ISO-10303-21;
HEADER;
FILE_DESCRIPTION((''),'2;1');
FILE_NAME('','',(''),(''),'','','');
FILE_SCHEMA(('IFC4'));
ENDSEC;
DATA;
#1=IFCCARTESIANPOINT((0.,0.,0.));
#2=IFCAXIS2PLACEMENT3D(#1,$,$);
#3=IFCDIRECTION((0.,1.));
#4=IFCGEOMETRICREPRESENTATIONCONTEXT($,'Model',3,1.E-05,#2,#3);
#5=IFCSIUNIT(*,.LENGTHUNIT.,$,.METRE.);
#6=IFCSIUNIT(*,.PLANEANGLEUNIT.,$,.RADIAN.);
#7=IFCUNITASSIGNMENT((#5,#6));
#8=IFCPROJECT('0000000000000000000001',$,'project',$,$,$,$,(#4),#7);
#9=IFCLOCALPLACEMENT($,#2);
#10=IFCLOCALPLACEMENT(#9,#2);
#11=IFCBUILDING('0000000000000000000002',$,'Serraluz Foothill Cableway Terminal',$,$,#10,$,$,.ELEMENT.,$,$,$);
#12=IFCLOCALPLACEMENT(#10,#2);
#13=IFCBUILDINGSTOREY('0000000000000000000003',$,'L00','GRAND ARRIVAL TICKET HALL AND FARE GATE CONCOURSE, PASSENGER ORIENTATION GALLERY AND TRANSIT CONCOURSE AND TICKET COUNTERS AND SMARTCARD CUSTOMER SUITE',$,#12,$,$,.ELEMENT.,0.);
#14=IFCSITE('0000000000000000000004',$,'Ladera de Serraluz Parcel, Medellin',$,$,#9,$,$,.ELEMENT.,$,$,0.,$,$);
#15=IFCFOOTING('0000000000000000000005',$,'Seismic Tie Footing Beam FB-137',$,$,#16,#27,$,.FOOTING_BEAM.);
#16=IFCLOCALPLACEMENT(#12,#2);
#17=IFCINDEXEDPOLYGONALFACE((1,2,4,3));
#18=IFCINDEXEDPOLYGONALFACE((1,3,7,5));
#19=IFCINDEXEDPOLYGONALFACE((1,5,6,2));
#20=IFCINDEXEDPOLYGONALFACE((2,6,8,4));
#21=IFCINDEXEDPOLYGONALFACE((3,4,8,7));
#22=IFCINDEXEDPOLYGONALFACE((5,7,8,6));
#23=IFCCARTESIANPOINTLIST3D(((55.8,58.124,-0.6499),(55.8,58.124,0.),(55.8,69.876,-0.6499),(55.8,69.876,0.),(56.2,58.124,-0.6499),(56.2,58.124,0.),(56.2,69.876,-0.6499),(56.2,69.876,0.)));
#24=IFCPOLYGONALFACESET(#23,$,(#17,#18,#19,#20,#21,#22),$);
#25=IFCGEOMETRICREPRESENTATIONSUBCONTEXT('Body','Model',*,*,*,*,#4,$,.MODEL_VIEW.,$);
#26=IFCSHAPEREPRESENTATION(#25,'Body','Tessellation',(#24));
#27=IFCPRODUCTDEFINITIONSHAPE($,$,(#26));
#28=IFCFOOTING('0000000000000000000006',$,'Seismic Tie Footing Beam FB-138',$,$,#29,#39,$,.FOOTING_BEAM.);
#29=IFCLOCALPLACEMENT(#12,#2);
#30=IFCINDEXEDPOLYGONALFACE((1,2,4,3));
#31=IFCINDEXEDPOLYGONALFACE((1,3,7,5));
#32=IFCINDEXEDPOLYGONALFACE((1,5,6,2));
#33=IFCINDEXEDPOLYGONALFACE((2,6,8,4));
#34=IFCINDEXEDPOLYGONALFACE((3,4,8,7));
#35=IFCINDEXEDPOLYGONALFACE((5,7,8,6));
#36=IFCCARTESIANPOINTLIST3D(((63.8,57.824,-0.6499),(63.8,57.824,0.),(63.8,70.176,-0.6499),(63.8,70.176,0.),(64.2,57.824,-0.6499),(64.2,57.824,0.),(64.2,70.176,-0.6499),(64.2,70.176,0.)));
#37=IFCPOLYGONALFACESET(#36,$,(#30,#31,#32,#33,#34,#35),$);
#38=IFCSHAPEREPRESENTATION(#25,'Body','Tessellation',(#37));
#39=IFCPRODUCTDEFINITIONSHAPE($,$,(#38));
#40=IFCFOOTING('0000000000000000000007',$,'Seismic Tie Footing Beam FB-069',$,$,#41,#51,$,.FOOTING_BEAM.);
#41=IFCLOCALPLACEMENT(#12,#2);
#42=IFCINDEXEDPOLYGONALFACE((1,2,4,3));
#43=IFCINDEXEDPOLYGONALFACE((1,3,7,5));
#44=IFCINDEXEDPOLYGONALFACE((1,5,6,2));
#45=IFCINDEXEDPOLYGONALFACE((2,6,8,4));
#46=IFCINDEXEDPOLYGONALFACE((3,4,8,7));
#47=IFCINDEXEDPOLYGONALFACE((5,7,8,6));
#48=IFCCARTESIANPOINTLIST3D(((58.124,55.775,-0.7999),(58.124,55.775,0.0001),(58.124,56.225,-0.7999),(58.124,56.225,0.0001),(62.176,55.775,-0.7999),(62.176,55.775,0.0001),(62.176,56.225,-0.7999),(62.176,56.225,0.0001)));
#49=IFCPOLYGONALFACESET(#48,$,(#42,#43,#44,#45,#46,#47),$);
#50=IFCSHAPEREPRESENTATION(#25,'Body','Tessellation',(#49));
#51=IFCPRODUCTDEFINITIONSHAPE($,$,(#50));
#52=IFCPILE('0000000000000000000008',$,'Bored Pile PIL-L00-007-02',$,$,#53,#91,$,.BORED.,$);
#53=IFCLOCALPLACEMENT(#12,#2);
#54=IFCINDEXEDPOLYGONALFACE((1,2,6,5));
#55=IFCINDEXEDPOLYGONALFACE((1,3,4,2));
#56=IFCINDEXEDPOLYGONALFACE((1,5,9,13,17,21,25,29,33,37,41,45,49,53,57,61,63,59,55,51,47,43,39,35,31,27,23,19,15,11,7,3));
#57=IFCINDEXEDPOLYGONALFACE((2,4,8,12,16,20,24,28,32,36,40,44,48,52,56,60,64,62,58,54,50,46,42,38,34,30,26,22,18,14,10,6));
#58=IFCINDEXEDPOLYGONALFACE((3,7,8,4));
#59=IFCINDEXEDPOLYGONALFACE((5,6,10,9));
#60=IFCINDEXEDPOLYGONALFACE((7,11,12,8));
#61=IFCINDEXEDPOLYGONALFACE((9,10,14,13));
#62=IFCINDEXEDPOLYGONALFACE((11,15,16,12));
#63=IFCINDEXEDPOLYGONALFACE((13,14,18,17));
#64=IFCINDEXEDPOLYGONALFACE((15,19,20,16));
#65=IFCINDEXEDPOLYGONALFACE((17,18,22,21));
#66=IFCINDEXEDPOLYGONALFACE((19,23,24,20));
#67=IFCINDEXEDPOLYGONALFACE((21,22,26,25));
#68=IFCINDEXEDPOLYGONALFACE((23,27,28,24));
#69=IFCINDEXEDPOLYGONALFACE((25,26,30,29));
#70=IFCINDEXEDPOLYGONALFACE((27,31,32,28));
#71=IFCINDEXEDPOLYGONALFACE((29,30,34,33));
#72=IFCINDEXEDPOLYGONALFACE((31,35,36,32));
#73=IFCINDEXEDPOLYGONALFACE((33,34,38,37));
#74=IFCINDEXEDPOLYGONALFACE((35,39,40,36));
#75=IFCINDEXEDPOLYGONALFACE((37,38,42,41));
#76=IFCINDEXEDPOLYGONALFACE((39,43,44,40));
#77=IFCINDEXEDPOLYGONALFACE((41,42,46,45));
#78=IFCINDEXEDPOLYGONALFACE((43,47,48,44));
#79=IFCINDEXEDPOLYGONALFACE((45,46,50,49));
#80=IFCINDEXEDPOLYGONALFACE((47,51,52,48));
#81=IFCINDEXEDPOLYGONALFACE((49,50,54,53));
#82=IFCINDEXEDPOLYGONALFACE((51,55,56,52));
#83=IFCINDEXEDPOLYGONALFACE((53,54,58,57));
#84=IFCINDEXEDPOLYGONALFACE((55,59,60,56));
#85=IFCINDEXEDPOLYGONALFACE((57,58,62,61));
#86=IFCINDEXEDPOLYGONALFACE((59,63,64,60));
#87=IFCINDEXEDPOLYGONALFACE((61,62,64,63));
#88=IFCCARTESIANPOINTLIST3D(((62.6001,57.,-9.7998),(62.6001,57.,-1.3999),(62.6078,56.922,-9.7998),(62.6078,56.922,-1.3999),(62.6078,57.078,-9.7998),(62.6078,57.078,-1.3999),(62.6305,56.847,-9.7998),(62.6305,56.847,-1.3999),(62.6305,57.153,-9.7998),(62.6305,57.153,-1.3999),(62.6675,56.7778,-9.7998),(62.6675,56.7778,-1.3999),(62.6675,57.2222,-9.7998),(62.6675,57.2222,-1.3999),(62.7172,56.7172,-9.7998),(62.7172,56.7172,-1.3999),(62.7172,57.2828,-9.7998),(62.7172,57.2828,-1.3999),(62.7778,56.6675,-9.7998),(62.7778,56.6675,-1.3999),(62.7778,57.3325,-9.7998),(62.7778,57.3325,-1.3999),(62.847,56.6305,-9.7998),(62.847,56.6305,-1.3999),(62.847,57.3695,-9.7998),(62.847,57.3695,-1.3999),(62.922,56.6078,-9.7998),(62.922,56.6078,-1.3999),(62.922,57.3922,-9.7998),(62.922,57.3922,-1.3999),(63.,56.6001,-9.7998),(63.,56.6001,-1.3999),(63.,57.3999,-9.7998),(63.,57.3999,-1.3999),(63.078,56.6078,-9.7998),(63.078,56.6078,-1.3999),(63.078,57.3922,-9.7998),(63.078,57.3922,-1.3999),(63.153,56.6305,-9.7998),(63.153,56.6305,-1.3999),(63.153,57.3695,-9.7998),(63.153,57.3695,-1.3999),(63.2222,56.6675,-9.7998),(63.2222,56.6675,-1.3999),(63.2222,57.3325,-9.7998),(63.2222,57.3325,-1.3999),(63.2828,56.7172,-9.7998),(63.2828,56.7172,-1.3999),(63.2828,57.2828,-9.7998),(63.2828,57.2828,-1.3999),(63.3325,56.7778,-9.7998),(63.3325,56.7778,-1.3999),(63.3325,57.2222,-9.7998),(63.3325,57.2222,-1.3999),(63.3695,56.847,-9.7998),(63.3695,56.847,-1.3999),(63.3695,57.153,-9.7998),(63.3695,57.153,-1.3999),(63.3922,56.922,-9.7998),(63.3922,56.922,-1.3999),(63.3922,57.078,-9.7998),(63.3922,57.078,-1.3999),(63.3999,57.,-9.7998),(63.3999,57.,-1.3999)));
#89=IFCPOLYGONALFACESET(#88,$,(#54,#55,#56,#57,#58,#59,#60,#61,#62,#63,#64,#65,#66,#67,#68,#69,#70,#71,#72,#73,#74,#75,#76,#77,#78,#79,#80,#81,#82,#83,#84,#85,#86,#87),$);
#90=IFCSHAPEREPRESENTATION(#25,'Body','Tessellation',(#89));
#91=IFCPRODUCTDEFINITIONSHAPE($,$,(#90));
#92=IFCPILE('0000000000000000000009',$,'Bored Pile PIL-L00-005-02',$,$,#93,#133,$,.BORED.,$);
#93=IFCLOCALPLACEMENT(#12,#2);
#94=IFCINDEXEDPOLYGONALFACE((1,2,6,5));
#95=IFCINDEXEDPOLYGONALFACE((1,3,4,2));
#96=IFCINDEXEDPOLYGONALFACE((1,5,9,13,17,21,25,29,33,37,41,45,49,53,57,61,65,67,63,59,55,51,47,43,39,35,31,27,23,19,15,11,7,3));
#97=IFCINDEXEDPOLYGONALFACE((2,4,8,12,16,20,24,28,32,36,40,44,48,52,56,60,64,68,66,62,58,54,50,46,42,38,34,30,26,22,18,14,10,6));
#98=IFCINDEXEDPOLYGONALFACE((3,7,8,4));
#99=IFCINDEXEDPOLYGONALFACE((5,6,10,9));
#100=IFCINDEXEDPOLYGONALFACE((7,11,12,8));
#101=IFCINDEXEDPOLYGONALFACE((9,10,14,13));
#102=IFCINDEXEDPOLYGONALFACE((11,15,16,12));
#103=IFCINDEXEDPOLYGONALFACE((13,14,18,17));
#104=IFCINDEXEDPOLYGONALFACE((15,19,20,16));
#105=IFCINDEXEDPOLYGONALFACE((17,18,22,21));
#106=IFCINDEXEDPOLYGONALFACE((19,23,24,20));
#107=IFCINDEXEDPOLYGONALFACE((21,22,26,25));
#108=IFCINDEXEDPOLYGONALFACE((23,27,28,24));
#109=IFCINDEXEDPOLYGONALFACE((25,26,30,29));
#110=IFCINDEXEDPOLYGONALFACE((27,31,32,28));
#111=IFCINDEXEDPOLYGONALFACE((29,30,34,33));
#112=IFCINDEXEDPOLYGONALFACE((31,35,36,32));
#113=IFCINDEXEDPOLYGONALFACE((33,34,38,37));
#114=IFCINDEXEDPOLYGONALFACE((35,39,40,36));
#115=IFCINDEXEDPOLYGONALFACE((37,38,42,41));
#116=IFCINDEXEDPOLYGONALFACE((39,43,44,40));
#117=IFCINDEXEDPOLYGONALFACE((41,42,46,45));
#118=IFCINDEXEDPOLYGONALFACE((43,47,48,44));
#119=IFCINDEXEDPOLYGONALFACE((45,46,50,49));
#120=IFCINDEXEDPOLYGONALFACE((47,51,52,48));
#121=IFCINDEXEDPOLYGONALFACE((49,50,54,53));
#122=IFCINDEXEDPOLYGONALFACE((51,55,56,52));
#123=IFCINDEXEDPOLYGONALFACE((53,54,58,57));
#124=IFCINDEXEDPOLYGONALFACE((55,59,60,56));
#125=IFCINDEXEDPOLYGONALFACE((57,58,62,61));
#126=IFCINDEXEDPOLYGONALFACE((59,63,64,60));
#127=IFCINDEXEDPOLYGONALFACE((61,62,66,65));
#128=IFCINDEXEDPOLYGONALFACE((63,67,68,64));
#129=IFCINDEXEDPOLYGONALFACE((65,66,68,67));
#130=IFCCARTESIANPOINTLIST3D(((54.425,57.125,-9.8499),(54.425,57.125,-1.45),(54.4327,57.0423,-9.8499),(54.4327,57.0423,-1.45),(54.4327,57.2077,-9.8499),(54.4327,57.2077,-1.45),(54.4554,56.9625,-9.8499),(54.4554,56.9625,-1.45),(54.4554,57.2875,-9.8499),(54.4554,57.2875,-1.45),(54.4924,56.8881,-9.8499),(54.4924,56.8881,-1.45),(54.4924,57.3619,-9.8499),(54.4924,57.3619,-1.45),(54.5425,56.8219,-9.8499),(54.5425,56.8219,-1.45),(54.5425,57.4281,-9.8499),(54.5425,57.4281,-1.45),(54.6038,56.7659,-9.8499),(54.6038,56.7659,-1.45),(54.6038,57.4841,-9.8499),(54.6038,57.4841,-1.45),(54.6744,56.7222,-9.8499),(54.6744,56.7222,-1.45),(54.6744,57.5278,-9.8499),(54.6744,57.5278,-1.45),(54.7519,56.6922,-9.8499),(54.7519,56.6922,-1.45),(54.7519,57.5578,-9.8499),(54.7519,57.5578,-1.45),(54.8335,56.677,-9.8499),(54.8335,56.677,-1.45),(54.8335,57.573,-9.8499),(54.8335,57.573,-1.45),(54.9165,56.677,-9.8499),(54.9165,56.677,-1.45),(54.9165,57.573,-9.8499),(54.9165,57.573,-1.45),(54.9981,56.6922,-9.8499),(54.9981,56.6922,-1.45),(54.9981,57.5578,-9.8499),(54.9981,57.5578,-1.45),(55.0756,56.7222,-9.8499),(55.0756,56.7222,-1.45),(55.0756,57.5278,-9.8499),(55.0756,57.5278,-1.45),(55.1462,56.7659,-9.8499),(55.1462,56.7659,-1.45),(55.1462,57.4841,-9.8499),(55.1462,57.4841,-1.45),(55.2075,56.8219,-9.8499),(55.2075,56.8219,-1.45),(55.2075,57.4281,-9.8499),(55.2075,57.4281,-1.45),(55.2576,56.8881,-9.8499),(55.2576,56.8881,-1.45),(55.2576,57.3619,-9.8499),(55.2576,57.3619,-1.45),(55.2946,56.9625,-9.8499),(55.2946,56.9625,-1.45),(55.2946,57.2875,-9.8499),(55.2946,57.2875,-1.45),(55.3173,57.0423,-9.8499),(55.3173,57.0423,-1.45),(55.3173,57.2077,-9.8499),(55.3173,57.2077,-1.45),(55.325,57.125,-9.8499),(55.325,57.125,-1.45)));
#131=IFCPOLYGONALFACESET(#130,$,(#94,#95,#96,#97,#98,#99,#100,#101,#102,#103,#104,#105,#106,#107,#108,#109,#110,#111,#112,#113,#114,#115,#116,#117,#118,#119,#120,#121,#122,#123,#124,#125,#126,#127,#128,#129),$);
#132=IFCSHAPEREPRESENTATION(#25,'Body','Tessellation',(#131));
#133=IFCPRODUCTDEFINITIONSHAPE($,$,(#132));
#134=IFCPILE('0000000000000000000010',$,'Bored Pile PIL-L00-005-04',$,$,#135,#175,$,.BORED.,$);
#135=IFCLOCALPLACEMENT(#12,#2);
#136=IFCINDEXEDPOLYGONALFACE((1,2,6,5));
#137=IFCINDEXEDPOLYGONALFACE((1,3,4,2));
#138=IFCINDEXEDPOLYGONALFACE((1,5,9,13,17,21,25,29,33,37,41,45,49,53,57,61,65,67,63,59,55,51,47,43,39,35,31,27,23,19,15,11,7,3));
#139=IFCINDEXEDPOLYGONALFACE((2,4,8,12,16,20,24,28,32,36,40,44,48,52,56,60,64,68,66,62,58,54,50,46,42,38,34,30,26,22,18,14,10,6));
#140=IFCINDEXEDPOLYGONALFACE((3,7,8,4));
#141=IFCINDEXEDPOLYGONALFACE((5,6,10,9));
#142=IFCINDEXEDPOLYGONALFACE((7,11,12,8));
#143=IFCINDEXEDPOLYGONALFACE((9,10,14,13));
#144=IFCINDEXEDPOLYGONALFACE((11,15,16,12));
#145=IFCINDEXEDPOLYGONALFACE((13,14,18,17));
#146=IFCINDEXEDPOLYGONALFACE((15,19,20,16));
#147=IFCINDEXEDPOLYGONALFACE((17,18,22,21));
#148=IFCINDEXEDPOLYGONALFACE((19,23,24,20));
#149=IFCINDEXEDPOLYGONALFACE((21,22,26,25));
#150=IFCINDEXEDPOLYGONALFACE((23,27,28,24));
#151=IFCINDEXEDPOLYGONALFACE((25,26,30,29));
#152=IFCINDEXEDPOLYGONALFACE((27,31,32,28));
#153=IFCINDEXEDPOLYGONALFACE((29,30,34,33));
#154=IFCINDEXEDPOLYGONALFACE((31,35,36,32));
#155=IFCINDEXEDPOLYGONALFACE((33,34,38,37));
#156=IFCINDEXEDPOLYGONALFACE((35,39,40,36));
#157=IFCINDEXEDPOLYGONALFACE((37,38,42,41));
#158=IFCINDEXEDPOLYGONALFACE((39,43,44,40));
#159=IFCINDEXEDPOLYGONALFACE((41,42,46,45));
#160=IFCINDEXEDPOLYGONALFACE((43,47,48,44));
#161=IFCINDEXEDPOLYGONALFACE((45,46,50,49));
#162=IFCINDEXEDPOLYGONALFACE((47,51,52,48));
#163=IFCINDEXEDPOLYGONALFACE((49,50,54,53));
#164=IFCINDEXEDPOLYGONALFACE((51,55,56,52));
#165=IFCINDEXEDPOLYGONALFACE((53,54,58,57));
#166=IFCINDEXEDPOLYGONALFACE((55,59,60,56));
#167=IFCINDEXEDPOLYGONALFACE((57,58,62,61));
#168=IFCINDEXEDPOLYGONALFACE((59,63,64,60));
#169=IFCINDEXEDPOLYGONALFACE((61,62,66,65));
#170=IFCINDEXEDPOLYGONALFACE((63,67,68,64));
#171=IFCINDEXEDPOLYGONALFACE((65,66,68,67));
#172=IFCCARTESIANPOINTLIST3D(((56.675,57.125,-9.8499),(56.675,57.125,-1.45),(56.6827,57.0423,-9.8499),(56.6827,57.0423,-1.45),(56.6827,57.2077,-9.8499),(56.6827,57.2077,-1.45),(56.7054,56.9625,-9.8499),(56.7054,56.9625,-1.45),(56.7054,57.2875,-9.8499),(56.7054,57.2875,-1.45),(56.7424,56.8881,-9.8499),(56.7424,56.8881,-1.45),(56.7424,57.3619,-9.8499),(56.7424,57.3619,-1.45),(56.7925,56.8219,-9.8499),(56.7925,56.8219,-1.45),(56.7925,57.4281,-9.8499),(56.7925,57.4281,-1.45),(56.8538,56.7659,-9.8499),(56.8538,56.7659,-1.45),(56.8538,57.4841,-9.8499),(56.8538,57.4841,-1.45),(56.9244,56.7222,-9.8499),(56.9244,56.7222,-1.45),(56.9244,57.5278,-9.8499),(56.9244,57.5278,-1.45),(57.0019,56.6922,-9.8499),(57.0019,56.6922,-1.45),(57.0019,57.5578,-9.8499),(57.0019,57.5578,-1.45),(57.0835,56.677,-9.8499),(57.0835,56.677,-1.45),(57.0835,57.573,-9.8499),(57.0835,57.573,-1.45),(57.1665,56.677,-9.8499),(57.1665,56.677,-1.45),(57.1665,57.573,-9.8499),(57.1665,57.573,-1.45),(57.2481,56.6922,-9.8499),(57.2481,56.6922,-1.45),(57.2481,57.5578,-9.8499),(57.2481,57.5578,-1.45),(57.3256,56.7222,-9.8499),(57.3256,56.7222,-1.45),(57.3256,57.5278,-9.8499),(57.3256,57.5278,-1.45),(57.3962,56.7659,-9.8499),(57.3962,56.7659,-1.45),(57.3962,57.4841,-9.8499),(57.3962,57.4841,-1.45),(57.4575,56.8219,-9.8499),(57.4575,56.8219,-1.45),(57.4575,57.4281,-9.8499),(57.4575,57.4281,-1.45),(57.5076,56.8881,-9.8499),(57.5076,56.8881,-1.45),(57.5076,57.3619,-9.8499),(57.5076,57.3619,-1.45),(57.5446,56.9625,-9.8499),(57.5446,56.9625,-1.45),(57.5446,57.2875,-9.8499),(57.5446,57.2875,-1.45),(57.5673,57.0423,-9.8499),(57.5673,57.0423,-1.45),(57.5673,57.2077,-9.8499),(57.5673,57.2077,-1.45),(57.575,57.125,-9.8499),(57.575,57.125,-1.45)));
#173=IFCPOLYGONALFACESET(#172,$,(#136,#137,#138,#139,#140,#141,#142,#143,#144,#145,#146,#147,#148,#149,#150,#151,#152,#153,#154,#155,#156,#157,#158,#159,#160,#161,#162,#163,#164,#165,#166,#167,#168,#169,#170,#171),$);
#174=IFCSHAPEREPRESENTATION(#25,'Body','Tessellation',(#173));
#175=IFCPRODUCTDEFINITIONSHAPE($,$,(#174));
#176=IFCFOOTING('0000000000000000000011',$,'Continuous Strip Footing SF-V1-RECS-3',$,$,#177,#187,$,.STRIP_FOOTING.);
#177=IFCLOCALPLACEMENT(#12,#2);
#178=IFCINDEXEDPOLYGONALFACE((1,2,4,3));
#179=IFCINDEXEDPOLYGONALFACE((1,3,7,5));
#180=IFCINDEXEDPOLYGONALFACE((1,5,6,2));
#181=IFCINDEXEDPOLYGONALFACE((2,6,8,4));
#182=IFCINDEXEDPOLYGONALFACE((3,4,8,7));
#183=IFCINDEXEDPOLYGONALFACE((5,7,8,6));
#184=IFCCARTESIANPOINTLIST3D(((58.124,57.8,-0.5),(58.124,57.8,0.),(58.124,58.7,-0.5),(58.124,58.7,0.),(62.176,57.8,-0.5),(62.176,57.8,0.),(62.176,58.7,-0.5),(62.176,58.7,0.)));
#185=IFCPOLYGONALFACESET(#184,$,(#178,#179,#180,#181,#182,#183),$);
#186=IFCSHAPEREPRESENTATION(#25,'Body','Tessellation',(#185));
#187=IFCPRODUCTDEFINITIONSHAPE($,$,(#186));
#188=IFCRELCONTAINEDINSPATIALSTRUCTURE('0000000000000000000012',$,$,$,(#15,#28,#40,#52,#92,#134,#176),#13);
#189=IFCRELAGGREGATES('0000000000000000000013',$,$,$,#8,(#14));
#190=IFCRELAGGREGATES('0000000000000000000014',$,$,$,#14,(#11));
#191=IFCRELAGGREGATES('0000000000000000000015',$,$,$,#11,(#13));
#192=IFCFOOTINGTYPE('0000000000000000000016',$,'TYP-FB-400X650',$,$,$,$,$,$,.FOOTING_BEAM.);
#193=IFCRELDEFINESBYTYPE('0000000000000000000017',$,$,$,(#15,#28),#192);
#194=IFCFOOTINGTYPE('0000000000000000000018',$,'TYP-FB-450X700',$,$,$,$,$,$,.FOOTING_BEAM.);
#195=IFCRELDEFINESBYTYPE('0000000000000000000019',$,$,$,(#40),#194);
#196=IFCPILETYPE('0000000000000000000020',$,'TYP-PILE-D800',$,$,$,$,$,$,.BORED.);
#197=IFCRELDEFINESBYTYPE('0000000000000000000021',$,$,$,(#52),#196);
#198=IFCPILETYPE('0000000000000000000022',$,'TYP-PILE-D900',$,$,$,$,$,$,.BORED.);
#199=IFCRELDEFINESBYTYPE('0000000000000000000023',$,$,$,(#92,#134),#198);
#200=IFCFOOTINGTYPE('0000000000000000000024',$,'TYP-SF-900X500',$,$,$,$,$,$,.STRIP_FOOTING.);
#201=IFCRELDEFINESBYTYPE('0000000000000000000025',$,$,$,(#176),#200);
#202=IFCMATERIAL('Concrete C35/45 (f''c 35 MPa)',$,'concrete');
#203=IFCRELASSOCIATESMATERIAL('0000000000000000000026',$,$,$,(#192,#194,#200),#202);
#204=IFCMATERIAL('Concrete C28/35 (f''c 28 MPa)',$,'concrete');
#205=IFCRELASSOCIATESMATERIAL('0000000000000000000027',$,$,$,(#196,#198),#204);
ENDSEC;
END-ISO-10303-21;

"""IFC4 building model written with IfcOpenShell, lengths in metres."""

from ifc_helpers import new_model, si_unit, direction, frame, origin, origin_2d, place, context, subcontext, project, spatial, rectangle, circle, extrude, material, material_profile, profile_set, type_object, element, save


model = new_model("IFC4")

# Units and contexts
model_context = context("Model", 3, precision=1e-05, world=origin(), true_north=direction((0.0, 1.0)))
body_context = subcontext(model_context, "Body", "Model", "MODEL_VIEW")
ifc_project = project(units=[si_unit("LENGTHUNIT", "METRE"), si_unit("PLANEANGLEUNIT", "RADIAN")], contexts=[model_context])

# Site, building, storey
site_placement = place(None, origin())
site = spatial("IfcSite", under=ifc_project, at=site_placement, Name="Ladera de Serraluz Parcel, Medellin", CompositionType="ELEMENT", RefElevation=0.0)
building_placement = place(site_placement, origin())
building = spatial("IfcBuilding", under=site, at=building_placement, Name="Serraluz Foothill Cableway Terminal", CompositionType="ELEMENT")
storey_placement = place(building_placement, origin())
storey = spatial("IfcBuildingStorey", under=building, at=storey_placement, Name="L00", Description="GRAND ARRIVAL TICKET HALL AND FARE GATE CONCOURSE, PASSENGER ORIENTATION GALLERY AND TRANSIT CONCOURSE AND TICKET COUNTERS AND SMARTCARD CUSTOMER SUITE", CompositionType="ELEMENT", Elevation=0.0)

# Footings
ifc_material_1 = material(Name="Concrete C35/45 (f'c 35 MPa)", Category="concrete")
ifc_material_profile_1 = material_profile(ifc_material_1, rectangle(XDim=0.3999, YDim=0.6499, at=origin_2d()), Name="RC 400x650")
ifc_profile_set_1 = profile_set([ifc_material_profile_1], Name="Concrete C35/45 (f'c 35 MPa)")
footing_type_1 = type_object("IfcFootingType", Name="TYP-FB-400X650", PredefinedType="FOOTING_BEAM", material=ifc_profile_set_1)
footing_1_placement = place(storey_placement, frame((56.0, 58.124, -0.325), z_axis=(0.0, 1.0, 0.0), x_axis=(-1.0, 0.0, 0.0)))
element("IfcFooting", 1, at=footing_1_placement, inside=storey, type_object=footing_type_1, Name="Seismic Tie Footing Beam FB-137", PredefinedType="FOOTING_BEAM", context=body_context, shape_type="SweptSolid", body=[
    extrude(rectangle(XDim=0.3999, YDim=0.6499, at=origin_2d()), origin(), (0.0, 0.0, 1.0), 11.752),
])
footing_2_placement = place(storey_placement, frame((64.0, 57.824, -0.325), z_axis=(0.0, 1.0, 0.0), x_axis=(-1.0, 0.0, 0.0)))
element("IfcFooting", 2, at=footing_2_placement, inside=storey, type_object=footing_type_1, Name="Seismic Tie Footing Beam FB-138", PredefinedType="FOOTING_BEAM", context=body_context, shape_type="SweptSolid", body=[
    extrude(rectangle(XDim=0.3999, YDim=0.6499, at=origin_2d()), origin(), (0.0, 0.0, 1.0), 12.3521),
])
ifc_material_profile_2 = material_profile(ifc_material_1, rectangle(XDim=0.45, YDim=0.8, at=origin_2d()), Name="RC 450x800")
ifc_profile_set_2 = profile_set([ifc_material_profile_2], Name="Concrete C35/45 (f'c 35 MPa)")
footing_type_2 = type_object("IfcFootingType", Name="TYP-FB-450X700", PredefinedType="FOOTING_BEAM", material=ifc_profile_set_2)
footing_3_placement = place(storey_placement, frame((58.124, 56.0, -0.3999), z_axis=(1.0, 0.0, 0.0), x_axis=(0.0, 1.0, 0.0)))
element("IfcFooting", 3, at=footing_3_placement, inside=storey, type_object=footing_type_2, Name="Seismic Tie Footing Beam FB-069", PredefinedType="FOOTING_BEAM", context=body_context, shape_type="SweptSolid", body=[
    extrude(rectangle(XDim=0.45, YDim=0.8, at=origin_2d()), origin(), (0.0, 0.0, 1.0), 4.052),
])

# Piles
ifc_material_2 = material(Name="Concrete C28/35 (f'c 28 MPa)", Category="concrete")
ifc_material_profile_3 = material_profile(ifc_material_2, circle(Radius=0.3999, at=origin_2d()), Name="BORED PILE D800")
ifc_profile_set_3 = profile_set([ifc_material_profile_3], Name="Concrete C28/35 (f'c 28 MPa)")
pile_type_1 = type_object("IfcPileType", Name="TYP-PILE-D800", PredefinedType="BORED", material=ifc_profile_set_3)
pile_placement = place(storey_placement, frame((63.0, 57.0, -1.3999), z_axis=(0.0, 0.0, -1.0), x_axis=(1.0, 0.0, 0.0)))
element("IfcPile", 4, at=pile_placement, inside=storey, type_object=pile_type_1, Name="Bored Pile PIL-L00-007-02", PredefinedType="BORED", context=body_context, shape_type="SweptSolid", body=[
    extrude(circle(Radius=0.3999, at=origin_2d()), origin(), (0.0, 0.0, 1.0), 8.3999),
])
ifc_material_profile_4 = material_profile(ifc_material_2, circle(Radius=0.45, at=origin_2d()), Name="BORED PILE D900")
ifc_profile_set_4 = profile_set([ifc_material_profile_4], Name="Concrete C28/35 (f'c 28 MPa)")
pile_type_2 = type_object("IfcPileType", Name="TYP-PILE-D900", PredefinedType="BORED", material=ifc_profile_set_4)
for number, where, z_axis, x_axis, name in (
    (5, (54.875, 57.125, -1.45), (0.0, 0.0, -1.0), (1.0, 0.0, 0.0), "Bored Pile PIL-L00-005-02"),
    (6, (57.125, 57.125, -1.45), (0.0, 0.0, -1.0), (1.0, 0.0, 0.0), "Bored Pile PIL-L00-005-04"),
):
    element("IfcPile", number, at=place(storey_placement, frame(where, z_axis=z_axis, x_axis=x_axis)), inside=storey, type_object=pile_type_2, Name=name, PredefinedType="BORED", context=body_context, shape_type="SweptSolid", body=[
        extrude(circle(Radius=0.45, at=origin_2d()), origin(), (0.0, 0.0, 1.0), 8.3999),
    ])

# Footing
ifc_material_profile_5 = material_profile(ifc_material_1, rectangle(XDim=0.8999, YDim=0.5, at=origin_2d()), Name="SF 900x500")
ifc_profile_set_5 = profile_set([ifc_material_profile_5], Name="Concrete C35/45 (f'c 35 MPa)")
footing_type_3 = type_object("IfcFootingType", Name="TYP-SF-900X500", PredefinedType="STRIP_FOOTING", material=ifc_profile_set_5)
footing_4_placement = place(storey_placement, frame((58.124, 58.25, -0.25), z_axis=(1.0, 0.0, 0.0), x_axis=(0.0, 1.0, 0.0)))
element("IfcFooting", 7, at=footing_4_placement, inside=storey, type_object=footing_type_3, Name="Continuous Strip Footing SF-V1-RECS-3", PredefinedType="STRIP_FOOTING", context=body_context, shape_type="SweptSolid", body=[
    extrude(rectangle(XDim=0.8999, YDim=0.5, at=origin_2d()), origin(), (0.0, 0.0, 1.0), 4.052),
])

save(model, "model.ifc")
